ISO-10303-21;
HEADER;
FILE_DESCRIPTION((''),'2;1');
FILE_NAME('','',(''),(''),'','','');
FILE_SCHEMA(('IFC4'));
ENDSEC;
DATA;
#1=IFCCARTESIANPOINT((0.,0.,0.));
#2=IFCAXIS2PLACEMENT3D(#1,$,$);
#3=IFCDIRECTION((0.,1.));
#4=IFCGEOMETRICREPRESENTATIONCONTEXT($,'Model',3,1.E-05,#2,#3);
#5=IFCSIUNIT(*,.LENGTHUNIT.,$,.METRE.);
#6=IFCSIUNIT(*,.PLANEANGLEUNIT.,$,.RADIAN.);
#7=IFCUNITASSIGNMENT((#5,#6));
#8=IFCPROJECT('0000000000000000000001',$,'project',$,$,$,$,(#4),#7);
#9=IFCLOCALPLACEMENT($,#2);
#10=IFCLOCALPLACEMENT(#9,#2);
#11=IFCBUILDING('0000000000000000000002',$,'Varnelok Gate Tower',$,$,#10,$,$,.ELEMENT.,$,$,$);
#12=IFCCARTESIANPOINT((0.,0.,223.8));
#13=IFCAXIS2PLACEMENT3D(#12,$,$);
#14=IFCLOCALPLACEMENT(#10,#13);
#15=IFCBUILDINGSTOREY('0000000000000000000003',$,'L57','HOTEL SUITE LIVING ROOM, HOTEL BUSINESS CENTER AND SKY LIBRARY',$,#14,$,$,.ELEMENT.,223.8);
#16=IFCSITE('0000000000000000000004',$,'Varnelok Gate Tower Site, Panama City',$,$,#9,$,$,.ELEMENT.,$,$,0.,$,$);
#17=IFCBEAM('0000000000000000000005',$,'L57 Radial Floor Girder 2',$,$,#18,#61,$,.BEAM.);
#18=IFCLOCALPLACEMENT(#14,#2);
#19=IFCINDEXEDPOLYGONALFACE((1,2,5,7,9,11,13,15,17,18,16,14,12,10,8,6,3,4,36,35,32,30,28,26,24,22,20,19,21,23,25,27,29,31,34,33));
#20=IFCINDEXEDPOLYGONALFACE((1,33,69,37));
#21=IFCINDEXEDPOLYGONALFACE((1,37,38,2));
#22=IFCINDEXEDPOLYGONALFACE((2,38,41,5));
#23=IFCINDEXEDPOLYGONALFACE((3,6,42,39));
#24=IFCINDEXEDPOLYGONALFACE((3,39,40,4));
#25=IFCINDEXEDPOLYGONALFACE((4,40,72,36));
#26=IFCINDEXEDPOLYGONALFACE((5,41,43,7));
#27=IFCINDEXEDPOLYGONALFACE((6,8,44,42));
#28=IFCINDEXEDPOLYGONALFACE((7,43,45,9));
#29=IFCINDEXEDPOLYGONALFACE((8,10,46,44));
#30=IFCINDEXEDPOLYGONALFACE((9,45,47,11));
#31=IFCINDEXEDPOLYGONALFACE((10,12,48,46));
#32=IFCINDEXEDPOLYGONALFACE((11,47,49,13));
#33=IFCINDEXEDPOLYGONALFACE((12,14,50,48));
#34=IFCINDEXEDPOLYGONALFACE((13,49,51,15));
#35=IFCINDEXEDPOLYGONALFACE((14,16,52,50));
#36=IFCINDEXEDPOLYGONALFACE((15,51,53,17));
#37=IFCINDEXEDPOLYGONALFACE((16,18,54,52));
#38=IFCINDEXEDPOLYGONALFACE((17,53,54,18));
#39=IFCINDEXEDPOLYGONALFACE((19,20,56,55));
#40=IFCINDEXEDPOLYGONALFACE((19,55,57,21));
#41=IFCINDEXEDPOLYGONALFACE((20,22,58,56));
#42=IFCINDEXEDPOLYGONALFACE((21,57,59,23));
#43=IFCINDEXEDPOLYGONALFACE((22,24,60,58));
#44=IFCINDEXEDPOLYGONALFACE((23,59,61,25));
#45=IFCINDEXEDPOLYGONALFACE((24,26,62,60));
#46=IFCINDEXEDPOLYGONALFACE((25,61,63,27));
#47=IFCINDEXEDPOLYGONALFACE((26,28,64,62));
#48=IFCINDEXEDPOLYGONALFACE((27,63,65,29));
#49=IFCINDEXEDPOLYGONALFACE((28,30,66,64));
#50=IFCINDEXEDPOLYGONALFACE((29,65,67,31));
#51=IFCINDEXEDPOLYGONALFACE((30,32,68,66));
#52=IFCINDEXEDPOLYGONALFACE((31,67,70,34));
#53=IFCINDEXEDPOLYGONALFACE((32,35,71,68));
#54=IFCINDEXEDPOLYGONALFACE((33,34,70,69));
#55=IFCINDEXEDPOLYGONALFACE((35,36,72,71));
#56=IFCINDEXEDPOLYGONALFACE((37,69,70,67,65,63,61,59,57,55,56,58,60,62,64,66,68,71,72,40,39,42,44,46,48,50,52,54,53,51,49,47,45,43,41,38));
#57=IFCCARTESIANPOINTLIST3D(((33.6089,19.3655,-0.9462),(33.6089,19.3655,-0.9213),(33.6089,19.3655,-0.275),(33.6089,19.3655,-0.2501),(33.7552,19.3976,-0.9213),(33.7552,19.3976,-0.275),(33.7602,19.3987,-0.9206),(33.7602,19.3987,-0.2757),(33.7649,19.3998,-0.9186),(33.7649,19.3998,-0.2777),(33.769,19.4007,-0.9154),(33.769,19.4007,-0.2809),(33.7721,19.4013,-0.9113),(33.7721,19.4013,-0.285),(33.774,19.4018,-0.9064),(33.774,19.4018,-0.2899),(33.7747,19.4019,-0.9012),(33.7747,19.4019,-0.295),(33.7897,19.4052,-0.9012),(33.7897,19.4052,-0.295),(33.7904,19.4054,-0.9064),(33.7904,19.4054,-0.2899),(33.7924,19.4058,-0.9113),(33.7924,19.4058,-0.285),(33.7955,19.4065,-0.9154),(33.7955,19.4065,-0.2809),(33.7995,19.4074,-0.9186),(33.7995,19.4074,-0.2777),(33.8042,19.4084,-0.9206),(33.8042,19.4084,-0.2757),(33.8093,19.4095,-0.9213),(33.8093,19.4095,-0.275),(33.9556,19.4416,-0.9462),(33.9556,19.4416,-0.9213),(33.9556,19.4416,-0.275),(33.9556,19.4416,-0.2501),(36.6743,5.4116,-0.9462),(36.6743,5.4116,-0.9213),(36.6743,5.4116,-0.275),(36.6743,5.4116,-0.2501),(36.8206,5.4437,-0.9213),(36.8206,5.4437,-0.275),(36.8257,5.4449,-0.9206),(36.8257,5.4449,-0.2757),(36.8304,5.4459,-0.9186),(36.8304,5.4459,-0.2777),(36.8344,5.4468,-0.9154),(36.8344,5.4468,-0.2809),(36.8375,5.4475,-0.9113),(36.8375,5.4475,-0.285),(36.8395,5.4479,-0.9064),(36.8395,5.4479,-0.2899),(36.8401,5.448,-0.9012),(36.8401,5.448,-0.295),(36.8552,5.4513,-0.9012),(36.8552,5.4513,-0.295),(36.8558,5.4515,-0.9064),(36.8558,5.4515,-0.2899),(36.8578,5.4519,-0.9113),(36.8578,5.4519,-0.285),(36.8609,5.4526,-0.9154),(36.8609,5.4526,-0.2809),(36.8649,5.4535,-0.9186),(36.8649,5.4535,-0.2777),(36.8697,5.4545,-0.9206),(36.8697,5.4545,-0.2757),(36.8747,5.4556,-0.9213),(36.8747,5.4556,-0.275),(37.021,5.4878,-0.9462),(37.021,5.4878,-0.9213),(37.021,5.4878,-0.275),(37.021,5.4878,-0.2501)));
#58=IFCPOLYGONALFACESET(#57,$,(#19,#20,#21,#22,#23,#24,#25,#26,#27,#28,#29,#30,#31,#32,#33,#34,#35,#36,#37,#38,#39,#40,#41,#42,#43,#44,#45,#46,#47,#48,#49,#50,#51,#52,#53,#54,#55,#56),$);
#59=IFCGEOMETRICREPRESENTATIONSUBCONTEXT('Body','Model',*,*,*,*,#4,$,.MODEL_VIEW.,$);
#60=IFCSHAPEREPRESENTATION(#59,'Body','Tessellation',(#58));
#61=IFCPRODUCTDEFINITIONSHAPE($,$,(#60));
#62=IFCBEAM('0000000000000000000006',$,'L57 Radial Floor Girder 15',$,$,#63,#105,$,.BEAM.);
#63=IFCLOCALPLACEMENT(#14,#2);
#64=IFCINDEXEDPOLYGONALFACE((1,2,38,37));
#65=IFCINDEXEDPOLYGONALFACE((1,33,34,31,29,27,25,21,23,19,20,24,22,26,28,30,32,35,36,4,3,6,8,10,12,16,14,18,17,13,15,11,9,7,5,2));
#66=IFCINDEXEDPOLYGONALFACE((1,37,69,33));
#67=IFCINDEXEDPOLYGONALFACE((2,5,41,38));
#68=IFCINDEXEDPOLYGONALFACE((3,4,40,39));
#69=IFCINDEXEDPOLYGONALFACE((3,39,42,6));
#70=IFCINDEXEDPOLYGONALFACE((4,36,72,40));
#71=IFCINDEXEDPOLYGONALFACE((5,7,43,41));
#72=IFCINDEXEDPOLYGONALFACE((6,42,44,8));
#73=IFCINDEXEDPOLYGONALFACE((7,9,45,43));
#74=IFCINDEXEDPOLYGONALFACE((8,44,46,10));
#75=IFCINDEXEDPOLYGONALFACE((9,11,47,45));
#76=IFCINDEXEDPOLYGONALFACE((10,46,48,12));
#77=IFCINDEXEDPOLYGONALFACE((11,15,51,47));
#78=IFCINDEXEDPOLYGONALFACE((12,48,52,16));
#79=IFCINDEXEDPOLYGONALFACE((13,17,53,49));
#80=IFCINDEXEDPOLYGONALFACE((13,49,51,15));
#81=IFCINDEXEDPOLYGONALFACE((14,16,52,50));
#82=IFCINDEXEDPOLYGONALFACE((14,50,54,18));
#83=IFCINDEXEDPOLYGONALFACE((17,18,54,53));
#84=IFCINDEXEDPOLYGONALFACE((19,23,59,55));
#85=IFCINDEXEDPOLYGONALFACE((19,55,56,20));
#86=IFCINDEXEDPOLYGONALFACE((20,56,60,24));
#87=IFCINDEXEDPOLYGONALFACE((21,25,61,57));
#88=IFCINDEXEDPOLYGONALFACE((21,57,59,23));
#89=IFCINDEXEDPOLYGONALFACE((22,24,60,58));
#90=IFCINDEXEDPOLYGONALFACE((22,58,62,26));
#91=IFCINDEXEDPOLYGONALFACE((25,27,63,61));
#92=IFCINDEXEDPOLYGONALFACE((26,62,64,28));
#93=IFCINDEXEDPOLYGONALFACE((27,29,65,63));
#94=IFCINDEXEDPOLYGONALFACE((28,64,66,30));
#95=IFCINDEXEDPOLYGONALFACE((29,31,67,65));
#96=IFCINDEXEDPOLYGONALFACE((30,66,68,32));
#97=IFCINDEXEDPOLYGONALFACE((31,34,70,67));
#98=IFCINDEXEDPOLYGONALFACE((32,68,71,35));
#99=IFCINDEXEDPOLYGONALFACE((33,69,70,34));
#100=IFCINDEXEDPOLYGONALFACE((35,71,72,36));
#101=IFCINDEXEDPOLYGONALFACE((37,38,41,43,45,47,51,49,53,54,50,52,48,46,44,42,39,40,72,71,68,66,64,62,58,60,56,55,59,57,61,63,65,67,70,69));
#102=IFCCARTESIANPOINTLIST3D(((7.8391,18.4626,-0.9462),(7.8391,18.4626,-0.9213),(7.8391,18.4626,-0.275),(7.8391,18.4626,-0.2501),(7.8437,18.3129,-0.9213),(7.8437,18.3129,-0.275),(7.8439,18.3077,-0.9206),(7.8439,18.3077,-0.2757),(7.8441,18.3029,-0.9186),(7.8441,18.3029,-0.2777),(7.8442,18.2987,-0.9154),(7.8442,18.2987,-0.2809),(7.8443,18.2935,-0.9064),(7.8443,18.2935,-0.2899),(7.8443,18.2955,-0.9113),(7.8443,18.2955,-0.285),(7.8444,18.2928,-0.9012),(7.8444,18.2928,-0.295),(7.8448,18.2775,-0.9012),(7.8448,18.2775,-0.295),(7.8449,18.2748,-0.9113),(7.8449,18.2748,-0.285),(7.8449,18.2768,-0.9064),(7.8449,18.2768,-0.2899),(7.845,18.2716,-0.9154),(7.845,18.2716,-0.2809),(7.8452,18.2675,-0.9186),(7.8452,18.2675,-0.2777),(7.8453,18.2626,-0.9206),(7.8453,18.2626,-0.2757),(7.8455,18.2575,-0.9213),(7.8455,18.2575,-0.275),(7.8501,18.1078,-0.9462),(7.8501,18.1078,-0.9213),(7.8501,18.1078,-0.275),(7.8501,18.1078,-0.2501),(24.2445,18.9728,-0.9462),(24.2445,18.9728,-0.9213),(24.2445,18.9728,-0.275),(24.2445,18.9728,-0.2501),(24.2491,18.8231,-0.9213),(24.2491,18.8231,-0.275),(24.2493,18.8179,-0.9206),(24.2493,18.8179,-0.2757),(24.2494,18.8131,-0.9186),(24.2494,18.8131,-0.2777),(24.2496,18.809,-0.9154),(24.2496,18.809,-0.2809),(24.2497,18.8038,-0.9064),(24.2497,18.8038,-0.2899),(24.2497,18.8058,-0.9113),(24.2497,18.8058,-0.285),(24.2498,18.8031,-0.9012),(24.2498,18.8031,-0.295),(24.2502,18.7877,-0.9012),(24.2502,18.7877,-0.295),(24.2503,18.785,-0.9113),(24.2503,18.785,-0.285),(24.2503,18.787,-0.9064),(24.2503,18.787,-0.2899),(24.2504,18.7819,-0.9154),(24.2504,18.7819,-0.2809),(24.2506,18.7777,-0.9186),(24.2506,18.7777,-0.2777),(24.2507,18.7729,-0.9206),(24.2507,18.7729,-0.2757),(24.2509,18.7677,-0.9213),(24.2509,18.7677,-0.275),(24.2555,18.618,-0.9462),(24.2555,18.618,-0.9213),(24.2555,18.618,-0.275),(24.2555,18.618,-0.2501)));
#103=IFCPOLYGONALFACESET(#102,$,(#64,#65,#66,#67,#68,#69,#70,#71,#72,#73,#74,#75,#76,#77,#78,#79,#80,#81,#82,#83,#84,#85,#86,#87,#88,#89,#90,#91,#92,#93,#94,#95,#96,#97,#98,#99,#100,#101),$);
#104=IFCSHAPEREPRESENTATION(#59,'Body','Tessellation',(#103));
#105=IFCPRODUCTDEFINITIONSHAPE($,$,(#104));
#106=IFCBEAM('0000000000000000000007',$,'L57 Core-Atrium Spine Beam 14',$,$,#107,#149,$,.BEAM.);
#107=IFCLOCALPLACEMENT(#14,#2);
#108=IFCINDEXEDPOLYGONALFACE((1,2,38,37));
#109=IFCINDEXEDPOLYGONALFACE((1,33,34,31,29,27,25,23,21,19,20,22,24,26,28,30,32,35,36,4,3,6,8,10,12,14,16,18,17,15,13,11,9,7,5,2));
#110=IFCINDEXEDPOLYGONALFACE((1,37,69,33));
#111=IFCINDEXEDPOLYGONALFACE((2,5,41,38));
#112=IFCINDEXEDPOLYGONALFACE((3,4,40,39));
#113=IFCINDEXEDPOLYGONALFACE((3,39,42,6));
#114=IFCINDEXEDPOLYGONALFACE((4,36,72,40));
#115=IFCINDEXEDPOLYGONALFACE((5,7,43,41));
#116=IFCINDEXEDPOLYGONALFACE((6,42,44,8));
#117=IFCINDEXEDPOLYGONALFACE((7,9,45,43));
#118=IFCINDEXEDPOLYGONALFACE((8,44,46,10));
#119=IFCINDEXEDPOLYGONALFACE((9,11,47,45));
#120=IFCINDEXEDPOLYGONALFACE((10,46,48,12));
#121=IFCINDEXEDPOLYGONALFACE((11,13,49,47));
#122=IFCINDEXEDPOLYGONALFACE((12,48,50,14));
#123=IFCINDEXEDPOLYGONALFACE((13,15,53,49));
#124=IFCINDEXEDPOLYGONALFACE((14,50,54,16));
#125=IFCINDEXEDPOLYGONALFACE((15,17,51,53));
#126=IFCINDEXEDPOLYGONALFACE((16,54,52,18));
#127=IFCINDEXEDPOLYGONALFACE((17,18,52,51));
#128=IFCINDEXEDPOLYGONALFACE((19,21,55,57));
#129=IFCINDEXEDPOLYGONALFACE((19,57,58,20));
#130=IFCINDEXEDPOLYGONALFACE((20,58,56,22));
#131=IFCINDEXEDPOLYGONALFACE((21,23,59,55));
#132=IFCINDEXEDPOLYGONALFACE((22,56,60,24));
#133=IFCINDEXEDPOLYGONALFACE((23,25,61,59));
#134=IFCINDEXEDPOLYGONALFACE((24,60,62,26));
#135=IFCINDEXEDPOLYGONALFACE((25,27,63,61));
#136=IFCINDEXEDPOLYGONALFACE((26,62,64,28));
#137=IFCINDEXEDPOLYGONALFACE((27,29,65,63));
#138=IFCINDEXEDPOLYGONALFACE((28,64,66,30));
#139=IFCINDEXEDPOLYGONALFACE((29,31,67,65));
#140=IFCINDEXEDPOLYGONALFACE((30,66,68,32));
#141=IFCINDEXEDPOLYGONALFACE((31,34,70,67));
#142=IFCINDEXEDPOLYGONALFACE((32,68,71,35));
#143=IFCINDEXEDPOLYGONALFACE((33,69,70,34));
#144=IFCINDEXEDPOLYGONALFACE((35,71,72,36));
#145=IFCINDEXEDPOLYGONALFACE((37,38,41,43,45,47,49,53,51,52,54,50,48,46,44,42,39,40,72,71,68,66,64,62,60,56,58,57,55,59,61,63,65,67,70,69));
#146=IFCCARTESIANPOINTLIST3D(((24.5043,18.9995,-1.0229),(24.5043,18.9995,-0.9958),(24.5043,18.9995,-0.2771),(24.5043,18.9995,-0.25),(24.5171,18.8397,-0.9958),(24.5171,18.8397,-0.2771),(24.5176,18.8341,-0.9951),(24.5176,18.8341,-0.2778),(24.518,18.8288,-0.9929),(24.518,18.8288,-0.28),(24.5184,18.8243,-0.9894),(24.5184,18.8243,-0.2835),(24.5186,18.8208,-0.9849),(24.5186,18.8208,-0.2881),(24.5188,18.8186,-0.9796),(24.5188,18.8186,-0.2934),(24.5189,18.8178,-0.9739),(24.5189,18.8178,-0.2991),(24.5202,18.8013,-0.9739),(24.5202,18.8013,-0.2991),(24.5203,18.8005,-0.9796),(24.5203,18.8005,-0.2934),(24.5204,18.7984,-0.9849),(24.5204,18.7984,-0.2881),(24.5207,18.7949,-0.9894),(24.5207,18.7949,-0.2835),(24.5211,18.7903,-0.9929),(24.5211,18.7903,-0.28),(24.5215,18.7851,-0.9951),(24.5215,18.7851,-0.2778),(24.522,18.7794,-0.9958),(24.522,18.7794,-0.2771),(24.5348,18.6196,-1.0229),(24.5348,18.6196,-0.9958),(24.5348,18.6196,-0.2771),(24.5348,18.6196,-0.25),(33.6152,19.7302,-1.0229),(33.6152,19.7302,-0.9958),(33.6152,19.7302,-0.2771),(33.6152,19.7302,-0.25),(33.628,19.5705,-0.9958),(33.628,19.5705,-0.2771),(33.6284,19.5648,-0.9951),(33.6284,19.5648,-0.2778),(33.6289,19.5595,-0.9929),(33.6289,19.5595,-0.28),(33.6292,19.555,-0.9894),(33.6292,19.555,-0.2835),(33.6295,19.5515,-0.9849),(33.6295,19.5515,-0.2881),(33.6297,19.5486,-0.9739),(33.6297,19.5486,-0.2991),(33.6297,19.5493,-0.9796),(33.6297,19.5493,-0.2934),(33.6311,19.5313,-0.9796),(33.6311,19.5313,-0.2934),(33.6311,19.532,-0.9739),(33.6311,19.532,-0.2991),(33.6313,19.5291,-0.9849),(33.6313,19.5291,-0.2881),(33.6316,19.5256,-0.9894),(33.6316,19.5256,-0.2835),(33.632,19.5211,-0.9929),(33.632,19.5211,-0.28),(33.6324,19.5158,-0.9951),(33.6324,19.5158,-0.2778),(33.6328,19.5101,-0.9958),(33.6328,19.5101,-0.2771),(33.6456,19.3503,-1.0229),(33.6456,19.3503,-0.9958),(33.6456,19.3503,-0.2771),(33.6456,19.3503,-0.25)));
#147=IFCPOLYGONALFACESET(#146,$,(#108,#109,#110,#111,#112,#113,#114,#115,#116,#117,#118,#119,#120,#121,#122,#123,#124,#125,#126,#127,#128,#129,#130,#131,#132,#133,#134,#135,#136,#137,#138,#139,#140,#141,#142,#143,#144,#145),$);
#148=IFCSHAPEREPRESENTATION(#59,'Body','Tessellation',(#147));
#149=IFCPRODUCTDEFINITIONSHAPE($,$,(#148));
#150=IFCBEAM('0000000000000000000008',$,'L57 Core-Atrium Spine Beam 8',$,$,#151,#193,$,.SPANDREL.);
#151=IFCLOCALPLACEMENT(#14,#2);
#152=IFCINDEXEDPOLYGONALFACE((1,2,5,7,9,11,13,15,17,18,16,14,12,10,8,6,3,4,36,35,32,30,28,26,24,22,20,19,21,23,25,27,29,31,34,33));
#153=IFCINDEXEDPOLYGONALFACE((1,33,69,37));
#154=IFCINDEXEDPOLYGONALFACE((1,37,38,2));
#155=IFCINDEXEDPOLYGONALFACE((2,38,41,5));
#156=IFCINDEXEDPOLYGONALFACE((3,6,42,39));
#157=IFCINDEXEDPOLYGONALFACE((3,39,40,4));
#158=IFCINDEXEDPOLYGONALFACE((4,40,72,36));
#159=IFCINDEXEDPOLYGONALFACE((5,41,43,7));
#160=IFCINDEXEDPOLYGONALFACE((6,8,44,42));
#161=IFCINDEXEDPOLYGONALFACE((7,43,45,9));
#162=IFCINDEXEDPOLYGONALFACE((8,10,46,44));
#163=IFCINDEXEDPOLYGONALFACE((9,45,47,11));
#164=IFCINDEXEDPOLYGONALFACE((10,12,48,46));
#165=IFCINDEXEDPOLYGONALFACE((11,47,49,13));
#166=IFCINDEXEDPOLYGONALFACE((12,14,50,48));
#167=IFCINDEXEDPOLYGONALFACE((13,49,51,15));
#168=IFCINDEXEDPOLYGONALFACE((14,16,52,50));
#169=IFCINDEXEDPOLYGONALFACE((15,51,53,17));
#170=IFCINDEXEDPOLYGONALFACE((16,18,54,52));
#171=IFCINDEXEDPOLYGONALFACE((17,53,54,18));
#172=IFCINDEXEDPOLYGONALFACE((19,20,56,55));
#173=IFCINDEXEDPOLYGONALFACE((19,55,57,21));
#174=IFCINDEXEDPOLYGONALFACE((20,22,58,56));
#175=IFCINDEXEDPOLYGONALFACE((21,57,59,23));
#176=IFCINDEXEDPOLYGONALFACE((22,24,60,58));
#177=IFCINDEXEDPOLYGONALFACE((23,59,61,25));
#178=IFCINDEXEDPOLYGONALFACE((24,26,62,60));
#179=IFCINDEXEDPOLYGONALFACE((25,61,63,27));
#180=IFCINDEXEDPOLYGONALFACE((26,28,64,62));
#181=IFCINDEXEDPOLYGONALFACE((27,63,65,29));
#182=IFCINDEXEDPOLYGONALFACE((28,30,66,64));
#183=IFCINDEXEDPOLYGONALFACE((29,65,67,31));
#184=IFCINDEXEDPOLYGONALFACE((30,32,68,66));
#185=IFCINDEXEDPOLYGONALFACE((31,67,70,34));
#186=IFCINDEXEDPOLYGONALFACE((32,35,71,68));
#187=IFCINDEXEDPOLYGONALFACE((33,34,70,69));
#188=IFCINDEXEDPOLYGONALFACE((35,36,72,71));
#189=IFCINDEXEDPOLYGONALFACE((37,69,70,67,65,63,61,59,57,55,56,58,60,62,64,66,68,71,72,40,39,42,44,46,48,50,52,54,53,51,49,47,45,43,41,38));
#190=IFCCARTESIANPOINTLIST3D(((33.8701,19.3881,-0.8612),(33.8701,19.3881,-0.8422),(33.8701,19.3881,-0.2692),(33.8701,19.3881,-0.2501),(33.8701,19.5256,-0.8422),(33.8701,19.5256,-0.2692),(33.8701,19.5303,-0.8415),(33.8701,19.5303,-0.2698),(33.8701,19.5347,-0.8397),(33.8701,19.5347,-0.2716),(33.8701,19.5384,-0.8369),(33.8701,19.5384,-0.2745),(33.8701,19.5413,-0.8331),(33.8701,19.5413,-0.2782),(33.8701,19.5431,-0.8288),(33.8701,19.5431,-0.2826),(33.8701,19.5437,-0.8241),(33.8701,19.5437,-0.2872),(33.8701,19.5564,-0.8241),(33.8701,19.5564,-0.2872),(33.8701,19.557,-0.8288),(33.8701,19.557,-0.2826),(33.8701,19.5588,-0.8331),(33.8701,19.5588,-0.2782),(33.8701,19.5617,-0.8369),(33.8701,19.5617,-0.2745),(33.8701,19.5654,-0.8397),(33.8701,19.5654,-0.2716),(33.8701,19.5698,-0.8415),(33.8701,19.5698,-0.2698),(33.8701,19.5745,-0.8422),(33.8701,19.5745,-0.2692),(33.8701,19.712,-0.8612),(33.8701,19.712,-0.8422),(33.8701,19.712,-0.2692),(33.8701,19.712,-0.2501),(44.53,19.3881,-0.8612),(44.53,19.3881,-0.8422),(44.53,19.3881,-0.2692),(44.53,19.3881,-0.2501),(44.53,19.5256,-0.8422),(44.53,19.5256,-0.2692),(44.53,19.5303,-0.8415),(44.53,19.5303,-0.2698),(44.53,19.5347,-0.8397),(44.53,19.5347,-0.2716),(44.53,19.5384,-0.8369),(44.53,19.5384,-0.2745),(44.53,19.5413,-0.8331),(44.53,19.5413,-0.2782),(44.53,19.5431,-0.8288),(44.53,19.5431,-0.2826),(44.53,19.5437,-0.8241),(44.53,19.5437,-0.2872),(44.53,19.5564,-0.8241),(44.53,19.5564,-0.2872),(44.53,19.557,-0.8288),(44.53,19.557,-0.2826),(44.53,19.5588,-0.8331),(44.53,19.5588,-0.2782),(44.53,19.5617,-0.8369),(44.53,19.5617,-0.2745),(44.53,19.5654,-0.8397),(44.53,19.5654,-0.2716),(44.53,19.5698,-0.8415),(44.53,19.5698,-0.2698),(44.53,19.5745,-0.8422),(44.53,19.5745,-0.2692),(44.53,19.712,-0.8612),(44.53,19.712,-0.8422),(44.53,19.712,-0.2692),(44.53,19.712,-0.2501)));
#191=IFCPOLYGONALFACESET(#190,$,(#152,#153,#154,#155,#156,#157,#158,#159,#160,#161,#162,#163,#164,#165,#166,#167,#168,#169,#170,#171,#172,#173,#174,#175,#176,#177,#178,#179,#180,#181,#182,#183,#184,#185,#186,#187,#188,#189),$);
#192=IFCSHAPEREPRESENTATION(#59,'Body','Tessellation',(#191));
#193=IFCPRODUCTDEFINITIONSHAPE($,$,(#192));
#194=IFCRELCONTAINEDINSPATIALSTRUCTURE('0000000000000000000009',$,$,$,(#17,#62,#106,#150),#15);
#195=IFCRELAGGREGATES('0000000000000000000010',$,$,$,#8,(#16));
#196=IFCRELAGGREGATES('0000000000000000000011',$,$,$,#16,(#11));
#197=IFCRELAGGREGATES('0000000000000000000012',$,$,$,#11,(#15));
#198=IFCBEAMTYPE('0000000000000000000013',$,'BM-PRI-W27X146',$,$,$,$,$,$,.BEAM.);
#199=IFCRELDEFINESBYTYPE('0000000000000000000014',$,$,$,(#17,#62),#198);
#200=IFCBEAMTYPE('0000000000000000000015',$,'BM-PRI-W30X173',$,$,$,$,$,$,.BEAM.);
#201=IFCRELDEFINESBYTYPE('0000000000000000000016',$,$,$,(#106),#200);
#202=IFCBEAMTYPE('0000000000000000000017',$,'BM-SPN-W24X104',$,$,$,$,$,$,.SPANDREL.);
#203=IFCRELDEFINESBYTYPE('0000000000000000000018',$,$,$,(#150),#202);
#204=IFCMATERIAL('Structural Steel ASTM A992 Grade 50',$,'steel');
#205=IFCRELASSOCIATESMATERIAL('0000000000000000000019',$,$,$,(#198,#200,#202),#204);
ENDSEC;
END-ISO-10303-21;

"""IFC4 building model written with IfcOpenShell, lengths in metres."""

from ifc_helpers import new_model, si_unit, direction, frame, origin, origin_2d, place, context, subcontext, project, spatial, i_section, extrude, material, material_profile, profile_set, type_object, element, save


model = new_model("IFC4")

# Units and contexts
model_context = context("Model", 3, precision=1e-05, world=origin(), true_north=direction((0.0, 1.0)))
body_context = subcontext(model_context, "Body", "Model", "MODEL_VIEW")
ifc_project = project(units=[si_unit("LENGTHUNIT", "METRE"), si_unit("PLANEANGLEUNIT", "RADIAN")], contexts=[model_context])

# Site, building, storey
site_placement = place(None, origin())
site = spatial("IfcSite", under=ifc_project, at=site_placement, Name="Varnelok Gate Tower Site, Panama City", CompositionType="ELEMENT", RefElevation=0.0)
building_placement = place(site_placement, origin())
building = spatial("IfcBuilding", under=site, at=building_placement, Name="Varnelok Gate Tower", CompositionType="ELEMENT")
storey_placement = place(building_placement, frame((0.0, 0.0, 223.8)))
storey = spatial("IfcBuildingStorey", under=building, at=storey_placement, Name="L57", Description="HOTEL SUITE LIVING ROOM, HOTEL BUSINESS CENTER AND SKY LIBRARY", CompositionType="ELEMENT", Elevation=223.8)

# Shared definitions
ifc_material_1 = material(Name="Structural Steel ASTM A992 Grade 50", Category="steel")

# Beams
ifc_material_profile_1 = material_profile(ifc_material_1, i_section(OverallWidth=0.355, OverallDepth=0.696, WebThickness=0.0154, FlangeThickness=0.0249, FilletRadius=0.02, at=origin_2d()), Name="W27X146")
ifc_profile_set_1 = profile_set([ifc_material_profile_1], Name="Structural Steel ASTM A992 Grade 50")
beam_type_1 = type_object("IfcBeamType", Name="BM-PRI-W27X146", PredefinedType="BEAM", material=ifc_profile_set_1)
beam_1_placement = place(storey_placement, frame((33.7822, 19.4036, -0.5981), z_axis=(0.214567, -0.976709, 0.0), x_axis=(0.976709, 0.214567, 0.0)))
element("IfcBeam", 1, at=beam_1_placement, inside=storey, type_object=beam_type_1, Name="L57 Radial Floor Girder 2", PredefinedType="BEAM", context=body_context, shape_type="SweptSolid", body=[
    extrude(i_section(OverallWidth=0.355, OverallDepth=0.696, WebThickness=0.0154, FlangeThickness=0.0249, FilletRadius=0.02, at=origin_2d()), origin(), (0.0, 0.0, 1.0), 14.2866),
])
beam_2_placement = place(storey_placement, frame((24.25, 18.7954, -0.5981), z_axis=(-0.999517, -0.031088, 0.0), x_axis=(0.031088, -0.999517, 0.0)))
element("IfcBeam", 2, at=beam_2_placement, inside=storey, type_object=beam_type_1, Name="L57 Radial Floor Girder 15", PredefinedType="BEAM", context=body_context, shape_type="SweptSolid", body=[
    extrude(i_section(OverallWidth=0.355, OverallDepth=0.696, WebThickness=0.0154, FlangeThickness=0.0249, FilletRadius=0.02, at=origin_2d()), origin(), (0.0, 0.0, 1.0), 16.4133),
])
ifc_material_profile_2 = material_profile(ifc_material_1, i_section(OverallWidth=0.3811, OverallDepth=0.7729, WebThickness=0.0166, FlangeThickness=0.0271, FilletRadius=0.022, at=origin_2d()), Name="W30X173")
ifc_profile_set_2 = profile_set([ifc_material_profile_2], Name="Structural Steel ASTM A992 Grade 50")
beam_type_2 = type_object("IfcBeamType", Name="BM-PRI-W30X173", PredefinedType="BEAM", material=ifc_profile_set_2)
beam_3_placement = place(storey_placement, frame((24.5195, 18.8096, -0.6365), z_axis=(0.996799, 0.079946, 0.0), x_axis=(-0.079946, 0.996799, 0.0)))
element("IfcBeam", 3, at=beam_3_placement, inside=storey, type_object=beam_type_2, Name="L57 Core-Atrium Spine Beam 14", PredefinedType="BEAM", context=body_context, shape_type="SweptSolid", body=[
    extrude(i_section(OverallWidth=0.3811, OverallDepth=0.7729, WebThickness=0.0166, FlangeThickness=0.0271, FilletRadius=0.022, at=origin_2d()), origin(), (0.0, 0.0, 1.0), 9.1401),
])
ifc_material_profile_3 = material_profile(ifc_material_1, i_section(OverallWidth=0.324, OverallDepth=0.6111, WebThickness=0.0127, FlangeThickness=0.019, FilletRadius=0.0181, at=origin_2d()), Name="W24X104")
ifc_profile_set_3 = profile_set([ifc_material_profile_3], Name="Structural Steel ASTM A992 Grade 50")
beam_type_3 = type_object("IfcBeamType", Name="BM-SPN-W24X104", PredefinedType="SPANDREL", material=ifc_profile_set_3)
beam_4_placement = place(storey_placement, frame((33.8701, 19.55, -0.5557), z_axis=(1.0, 0.0, 0.0), x_axis=(0.0, 1.0, 0.0)))
element("IfcBeam", 4, at=beam_4_placement, inside=storey, type_object=beam_type_3, Name="L57 Core-Atrium Spine Beam 8", PredefinedType="SPANDREL", context=body_context, shape_type="SweptSolid", body=[
    extrude(i_section(OverallWidth=0.324, OverallDepth=0.6111, WebThickness=0.0127, FlangeThickness=0.019, FilletRadius=0.0181, at=origin_2d()), origin(), (0.0, 0.0, 1.0), 10.6599),
])

save(model, "model.ifc")
